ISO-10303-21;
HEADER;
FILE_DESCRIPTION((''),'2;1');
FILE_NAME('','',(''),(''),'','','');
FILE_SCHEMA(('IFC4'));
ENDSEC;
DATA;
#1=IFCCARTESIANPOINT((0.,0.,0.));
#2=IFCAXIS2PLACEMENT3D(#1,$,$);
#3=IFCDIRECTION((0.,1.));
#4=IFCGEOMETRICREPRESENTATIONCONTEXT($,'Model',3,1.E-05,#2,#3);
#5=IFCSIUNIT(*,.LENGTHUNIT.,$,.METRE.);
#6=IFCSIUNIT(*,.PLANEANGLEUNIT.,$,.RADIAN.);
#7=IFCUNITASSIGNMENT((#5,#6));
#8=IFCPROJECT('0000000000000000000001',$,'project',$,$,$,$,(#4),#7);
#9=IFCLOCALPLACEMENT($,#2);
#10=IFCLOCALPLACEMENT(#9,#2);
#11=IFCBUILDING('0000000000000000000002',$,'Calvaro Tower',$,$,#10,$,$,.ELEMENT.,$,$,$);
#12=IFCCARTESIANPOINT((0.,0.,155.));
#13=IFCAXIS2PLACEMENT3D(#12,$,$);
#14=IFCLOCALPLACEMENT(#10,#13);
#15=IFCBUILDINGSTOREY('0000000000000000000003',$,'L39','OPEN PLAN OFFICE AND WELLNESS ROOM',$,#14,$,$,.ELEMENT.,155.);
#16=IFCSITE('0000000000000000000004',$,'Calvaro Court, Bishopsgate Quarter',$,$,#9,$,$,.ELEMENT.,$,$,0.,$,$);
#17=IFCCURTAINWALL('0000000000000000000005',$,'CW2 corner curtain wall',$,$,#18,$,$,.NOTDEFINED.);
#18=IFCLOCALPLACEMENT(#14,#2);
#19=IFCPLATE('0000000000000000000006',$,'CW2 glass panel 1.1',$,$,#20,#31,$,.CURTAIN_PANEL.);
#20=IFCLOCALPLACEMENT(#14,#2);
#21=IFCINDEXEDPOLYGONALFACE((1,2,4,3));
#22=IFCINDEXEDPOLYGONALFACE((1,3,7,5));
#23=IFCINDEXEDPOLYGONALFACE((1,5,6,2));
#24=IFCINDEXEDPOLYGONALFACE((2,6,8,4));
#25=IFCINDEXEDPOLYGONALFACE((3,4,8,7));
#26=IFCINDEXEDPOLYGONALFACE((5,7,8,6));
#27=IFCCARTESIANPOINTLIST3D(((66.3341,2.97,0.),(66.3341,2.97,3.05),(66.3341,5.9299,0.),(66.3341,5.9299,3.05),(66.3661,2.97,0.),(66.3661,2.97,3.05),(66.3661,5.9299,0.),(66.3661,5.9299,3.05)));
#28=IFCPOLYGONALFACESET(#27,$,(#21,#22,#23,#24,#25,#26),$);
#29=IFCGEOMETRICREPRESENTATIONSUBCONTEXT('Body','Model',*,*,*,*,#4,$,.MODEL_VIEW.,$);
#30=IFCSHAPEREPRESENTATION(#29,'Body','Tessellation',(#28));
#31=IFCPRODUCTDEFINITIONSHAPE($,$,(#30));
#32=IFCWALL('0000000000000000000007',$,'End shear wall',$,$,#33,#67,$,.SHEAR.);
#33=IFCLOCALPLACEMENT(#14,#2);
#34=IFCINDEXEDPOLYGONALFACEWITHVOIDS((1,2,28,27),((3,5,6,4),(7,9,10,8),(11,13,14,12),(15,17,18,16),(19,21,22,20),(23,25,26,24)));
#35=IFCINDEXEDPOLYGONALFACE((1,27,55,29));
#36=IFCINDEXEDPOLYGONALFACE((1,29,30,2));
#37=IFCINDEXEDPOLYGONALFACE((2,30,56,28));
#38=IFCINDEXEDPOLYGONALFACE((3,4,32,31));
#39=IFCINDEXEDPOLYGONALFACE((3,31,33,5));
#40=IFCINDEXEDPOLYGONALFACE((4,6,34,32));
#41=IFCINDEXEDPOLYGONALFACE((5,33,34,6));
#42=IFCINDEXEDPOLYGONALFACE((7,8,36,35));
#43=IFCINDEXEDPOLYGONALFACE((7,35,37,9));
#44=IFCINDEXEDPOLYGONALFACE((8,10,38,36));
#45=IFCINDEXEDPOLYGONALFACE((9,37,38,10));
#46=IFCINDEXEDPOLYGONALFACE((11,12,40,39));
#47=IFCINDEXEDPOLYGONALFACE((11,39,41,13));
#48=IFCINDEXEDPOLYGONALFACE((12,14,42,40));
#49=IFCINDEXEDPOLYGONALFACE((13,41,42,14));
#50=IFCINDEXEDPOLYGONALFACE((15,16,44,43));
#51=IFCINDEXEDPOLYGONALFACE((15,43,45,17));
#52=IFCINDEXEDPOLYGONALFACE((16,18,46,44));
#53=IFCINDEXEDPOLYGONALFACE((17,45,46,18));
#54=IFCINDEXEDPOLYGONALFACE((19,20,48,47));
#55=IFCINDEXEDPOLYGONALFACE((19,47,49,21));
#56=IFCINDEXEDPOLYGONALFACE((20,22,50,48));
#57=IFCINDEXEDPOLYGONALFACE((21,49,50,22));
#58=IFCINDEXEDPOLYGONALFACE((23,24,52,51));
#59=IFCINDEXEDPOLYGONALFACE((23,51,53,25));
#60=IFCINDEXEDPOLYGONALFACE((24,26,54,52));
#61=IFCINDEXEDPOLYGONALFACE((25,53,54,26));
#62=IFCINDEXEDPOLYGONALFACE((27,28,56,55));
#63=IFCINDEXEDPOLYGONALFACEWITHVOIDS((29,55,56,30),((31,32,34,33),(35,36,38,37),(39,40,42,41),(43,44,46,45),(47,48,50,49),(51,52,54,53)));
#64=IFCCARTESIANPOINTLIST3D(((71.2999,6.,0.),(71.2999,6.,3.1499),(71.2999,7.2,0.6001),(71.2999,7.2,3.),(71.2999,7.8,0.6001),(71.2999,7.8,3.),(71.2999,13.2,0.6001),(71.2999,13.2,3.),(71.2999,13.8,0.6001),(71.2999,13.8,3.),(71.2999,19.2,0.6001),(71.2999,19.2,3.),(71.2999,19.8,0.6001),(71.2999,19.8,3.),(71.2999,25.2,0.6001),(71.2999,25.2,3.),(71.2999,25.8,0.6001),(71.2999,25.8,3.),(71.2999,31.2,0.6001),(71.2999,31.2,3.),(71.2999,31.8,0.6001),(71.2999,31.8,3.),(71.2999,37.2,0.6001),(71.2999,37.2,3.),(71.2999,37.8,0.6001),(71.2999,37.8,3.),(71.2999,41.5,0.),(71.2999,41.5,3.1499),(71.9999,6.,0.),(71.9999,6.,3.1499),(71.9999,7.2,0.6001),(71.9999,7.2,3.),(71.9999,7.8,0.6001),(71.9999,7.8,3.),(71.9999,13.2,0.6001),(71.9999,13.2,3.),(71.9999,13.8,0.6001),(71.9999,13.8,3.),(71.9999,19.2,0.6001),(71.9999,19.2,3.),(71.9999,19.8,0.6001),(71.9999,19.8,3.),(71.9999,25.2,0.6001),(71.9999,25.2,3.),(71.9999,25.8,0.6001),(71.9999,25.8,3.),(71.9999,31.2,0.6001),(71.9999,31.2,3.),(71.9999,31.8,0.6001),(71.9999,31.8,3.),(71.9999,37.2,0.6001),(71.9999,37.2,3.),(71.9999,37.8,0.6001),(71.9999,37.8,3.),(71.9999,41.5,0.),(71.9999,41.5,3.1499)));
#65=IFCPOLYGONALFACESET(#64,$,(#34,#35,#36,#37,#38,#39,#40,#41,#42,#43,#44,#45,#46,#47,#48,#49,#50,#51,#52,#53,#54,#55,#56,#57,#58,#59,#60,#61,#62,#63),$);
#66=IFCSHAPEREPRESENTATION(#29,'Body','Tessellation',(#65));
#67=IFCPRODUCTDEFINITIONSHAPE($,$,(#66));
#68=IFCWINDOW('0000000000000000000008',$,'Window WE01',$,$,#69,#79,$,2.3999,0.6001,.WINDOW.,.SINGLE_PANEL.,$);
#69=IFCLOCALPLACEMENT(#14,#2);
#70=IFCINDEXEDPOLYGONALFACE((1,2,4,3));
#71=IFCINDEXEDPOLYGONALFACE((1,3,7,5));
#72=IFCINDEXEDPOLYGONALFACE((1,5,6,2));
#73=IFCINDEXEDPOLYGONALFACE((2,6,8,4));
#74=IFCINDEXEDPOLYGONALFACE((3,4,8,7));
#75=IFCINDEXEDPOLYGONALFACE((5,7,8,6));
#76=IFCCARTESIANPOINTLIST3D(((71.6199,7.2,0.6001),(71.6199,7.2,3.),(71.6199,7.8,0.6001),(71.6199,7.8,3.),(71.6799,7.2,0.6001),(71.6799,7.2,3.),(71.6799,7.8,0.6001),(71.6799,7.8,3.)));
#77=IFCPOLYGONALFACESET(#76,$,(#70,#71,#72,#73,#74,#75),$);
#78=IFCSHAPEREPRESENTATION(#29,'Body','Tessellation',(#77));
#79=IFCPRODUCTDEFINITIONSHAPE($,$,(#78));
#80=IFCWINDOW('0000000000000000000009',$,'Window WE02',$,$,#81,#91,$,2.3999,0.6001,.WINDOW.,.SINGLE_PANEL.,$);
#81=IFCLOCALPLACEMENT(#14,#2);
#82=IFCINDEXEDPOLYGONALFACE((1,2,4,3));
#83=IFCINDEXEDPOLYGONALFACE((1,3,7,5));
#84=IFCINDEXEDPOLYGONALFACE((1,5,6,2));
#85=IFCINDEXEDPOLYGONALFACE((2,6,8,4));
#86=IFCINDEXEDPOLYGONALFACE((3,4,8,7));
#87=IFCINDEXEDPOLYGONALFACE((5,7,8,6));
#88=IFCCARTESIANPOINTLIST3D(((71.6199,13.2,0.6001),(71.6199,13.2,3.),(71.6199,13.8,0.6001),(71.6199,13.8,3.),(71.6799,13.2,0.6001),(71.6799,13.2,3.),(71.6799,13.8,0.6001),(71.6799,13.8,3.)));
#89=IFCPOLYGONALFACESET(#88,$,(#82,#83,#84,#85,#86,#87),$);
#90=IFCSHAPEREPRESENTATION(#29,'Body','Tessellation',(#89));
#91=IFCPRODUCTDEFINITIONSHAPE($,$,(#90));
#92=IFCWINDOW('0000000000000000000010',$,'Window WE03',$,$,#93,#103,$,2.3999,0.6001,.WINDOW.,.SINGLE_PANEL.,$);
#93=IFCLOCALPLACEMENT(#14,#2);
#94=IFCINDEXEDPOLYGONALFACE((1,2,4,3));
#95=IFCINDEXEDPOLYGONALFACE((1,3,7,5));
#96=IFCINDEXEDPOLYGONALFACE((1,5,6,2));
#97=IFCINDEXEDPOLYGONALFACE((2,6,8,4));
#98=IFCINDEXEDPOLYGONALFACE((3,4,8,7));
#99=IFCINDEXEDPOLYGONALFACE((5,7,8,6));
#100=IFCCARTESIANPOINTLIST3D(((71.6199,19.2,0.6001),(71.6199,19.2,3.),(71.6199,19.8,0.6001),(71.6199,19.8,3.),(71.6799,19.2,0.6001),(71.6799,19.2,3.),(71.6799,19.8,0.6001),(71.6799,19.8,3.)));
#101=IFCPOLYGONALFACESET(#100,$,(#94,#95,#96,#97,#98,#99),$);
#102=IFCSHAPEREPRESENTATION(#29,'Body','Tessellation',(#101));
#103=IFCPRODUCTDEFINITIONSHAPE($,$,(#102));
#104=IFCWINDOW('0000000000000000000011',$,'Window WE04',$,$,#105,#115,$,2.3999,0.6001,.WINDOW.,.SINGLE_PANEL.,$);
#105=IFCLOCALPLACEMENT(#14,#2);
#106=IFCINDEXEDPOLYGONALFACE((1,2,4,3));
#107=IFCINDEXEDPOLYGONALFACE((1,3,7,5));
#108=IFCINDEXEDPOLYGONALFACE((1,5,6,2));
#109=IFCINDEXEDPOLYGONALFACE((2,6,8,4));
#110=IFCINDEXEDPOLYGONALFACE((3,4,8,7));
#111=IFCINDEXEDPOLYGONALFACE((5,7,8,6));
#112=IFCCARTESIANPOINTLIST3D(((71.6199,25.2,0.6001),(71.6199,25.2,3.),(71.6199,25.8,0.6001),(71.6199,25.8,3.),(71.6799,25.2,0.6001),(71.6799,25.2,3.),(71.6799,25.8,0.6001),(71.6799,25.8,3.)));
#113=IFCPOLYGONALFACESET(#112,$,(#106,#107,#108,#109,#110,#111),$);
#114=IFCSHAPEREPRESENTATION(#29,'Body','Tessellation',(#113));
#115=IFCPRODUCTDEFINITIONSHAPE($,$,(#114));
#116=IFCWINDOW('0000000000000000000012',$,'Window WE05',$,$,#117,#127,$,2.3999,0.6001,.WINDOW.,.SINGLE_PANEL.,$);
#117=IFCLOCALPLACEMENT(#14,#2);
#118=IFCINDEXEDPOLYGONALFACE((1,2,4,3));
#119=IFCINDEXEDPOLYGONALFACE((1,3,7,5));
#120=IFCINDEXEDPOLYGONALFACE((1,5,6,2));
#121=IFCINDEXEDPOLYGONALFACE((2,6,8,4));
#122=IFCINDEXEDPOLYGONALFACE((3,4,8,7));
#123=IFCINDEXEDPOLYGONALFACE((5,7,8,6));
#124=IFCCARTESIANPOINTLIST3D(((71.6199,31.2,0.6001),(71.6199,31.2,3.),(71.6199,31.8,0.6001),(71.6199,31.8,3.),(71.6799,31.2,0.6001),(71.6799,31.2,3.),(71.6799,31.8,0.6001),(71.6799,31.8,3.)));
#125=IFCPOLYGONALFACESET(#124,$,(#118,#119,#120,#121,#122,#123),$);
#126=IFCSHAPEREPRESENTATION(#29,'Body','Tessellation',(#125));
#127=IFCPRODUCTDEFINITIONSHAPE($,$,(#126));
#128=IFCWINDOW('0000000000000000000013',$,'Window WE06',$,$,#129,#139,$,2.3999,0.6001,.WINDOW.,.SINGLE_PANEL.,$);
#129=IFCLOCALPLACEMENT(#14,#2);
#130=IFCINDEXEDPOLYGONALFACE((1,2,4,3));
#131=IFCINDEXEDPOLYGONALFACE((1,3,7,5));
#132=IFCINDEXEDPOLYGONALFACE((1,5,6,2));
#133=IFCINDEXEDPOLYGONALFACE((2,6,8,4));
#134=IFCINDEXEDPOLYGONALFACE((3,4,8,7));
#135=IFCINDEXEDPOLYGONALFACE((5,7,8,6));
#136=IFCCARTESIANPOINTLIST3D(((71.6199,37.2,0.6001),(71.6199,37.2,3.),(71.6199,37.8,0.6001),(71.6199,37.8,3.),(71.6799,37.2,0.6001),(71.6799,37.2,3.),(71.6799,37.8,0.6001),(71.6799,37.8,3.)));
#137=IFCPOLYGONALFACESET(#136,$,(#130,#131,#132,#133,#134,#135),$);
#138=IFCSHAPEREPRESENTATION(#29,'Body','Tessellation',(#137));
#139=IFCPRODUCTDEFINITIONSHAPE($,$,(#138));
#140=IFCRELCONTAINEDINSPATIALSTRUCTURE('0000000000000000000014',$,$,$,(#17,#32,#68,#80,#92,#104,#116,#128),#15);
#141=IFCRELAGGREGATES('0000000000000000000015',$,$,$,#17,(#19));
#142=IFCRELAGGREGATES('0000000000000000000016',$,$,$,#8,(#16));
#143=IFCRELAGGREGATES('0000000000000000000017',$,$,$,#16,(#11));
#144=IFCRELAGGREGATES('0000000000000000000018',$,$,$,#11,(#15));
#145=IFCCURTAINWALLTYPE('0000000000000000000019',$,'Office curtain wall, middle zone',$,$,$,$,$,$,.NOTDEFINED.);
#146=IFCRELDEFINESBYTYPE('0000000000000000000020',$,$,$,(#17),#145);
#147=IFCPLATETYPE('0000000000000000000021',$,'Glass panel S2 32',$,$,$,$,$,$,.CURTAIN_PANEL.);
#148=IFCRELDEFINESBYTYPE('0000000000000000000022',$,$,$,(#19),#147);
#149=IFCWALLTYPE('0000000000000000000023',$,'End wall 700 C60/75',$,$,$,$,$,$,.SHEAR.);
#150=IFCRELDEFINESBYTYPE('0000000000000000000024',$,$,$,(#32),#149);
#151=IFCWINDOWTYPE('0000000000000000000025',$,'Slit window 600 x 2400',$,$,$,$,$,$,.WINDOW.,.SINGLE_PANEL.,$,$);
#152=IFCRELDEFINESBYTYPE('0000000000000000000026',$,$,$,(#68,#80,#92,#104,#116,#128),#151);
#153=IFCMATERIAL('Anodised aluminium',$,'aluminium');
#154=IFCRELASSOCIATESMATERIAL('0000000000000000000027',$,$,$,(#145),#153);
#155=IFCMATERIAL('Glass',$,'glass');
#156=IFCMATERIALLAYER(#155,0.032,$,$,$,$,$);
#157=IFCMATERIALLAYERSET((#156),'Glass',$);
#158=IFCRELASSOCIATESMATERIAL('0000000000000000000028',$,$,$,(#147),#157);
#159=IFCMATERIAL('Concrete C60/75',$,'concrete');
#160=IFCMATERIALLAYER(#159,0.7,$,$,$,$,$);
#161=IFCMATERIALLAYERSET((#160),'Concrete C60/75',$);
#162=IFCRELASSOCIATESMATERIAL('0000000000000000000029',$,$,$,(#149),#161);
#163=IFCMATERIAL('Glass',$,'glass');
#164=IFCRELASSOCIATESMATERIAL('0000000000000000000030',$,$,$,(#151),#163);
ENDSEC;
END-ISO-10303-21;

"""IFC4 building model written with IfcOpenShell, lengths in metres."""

from ifc_helpers import new_model, si_unit, direction, frame, frame_2d, origin, origin_2d, place, context, subcontext, project, spatial, rectangle, extrude, material, layer, layer_set, type_object, element, fill, aggregate, save


model = new_model("IFC4")

# Units and contexts
model_context = context("Model", 3, precision=1e-05, world=origin(), true_north=direction((0.0, 1.0)))
body_context = subcontext(model_context, "Body", "Model", "MODEL_VIEW")
ifc_project = project(units=[si_unit("LENGTHUNIT", "METRE"), si_unit("PLANEANGLEUNIT", "RADIAN")], contexts=[model_context])

# Site, building, storey
site_placement = place(None, origin())
site = spatial("IfcSite", under=ifc_project, at=site_placement, Name="Calvaro Court, Bishopsgate Quarter", CompositionType="ELEMENT", RefElevation=0.0)
building_placement = place(site_placement, origin())
building = spatial("IfcBuilding", under=site, at=building_placement, Name="Calvaro Tower", CompositionType="ELEMENT")
storey_placement = place(building_placement, frame((0.0, 0.0, 155.0)))
storey = spatial("IfcBuildingStorey", under=building, at=storey_placement, Name="L39", Description="OPEN PLAN OFFICE AND WELLNESS ROOM", CompositionType="ELEMENT", Elevation=155.0)

# Curtain wall
ifc_material_1 = material(Name="Anodised aluminium", Category="aluminium")
curtain_wall_type = type_object("IfcCurtainWallType", Name="Office curtain wall, middle zone", PredefinedType="NOTDEFINED", material=ifc_material_1)
curtain_wall_1_placement = place(storey_placement, origin())
curtain_wall_1 = element("IfcCurtainWall", 1, at=curtain_wall_1_placement, inside=storey, type_object=curtain_wall_type, Name="CW2 corner curtain wall", PredefinedType="NOTDEFINED")

# Plate
ifc_material_2 = material(Name="Glass", Category="glass")
ifc_layer_1 = layer(ifc_material_2, 0.032)
ifc_layer_set_1 = layer_set([ifc_layer_1], Name="Glass")
plate_type = type_object("IfcPlateType", Name="Glass panel S2 32", PredefinedType="CURTAIN_PANEL", material=ifc_layer_set_1)
plate_1_placement = place(storey_placement, frame((66.3501, 4.45, 0.0), z_axis=(0.0, 0.0, 1.0), x_axis=(0.0, 1.0, 0.0)))
plate_1 = element("IfcPlate", 2, at=plate_1_placement, type_object=plate_type, Name="CW2 glass panel 1.1", PredefinedType="CURTAIN_PANEL", context=body_context, shape_type="SweptSolid", body=[
    extrude(rectangle(XDim=2.96, YDim=0.032, at=origin_2d()), origin(), (0.0, 0.0, 1.0), 3.05),
])
aggregate(curtain_wall_1, [plate_1])

# Wall, openings, windows
ifc_material_3 = material(Name="Concrete C60/75", Category="concrete")
ifc_layer_2 = layer(ifc_material_3, 0.7)
ifc_layer_set_2 = layer_set([ifc_layer_2], Name="Concrete C60/75")
wall_type_1 = type_object("IfcWallType", Name="End wall 700 C60/75", PredefinedType="SHEAR", material=ifc_layer_set_2)
wall_1_placement = place(storey_placement, frame((71.6499, 6.0, 0.0), z_axis=(0.0, 0.0, 1.0), x_axis=(0.0, 1.0, 0.0)))
wall_1 = element("IfcWall", 3, at=wall_1_placement, inside=storey, type_object=wall_type_1, Name="End shear wall", PredefinedType="SHEAR", context=body_context, shape_type="SweptSolid", body=[
    extrude(rectangle(XDim=35.5, YDim=0.7, at=frame_2d((17.75, 0.0))), origin(), (0.0, 0.0, 1.0), 3.1499),
])
opening_1_placement = place(wall_1_placement, frame((1.2, 0.0, 0.6001)))
opening_1 = element("IfcOpeningElement", 4, at=opening_1_placement, cuts=wall_1, PredefinedType="OPENING", context=body_context, shape_type="SweptSolid", body=[
    extrude(rectangle(XDim=0.6001, YDim=2.3999, at=frame_2d((0.3, 1.2))), frame((0.0, 0.3599, 0.0), z_axis=(0.0, -1.0, 0.0), x_axis=(1.0, 0.0, 0.0)), (0.0, 0.0, 1.0), 0.72),
])
opening_2_placement = place(wall_1_placement, frame((7.2, 0.0, 0.6001)))
opening_2 = element("IfcOpeningElement", 5, at=opening_2_placement, cuts=wall_1, PredefinedType="OPENING", context=body_context, shape_type="SweptSolid", body=[
    extrude(rectangle(XDim=0.6001, YDim=2.3999, at=frame_2d((0.3, 1.2))), frame((0.0, 0.3599, 0.0), z_axis=(0.0, -1.0, 0.0), x_axis=(1.0, 0.0, 0.0)), (0.0, 0.0, 1.0), 0.72),
])
opening_3_placement = place(wall_1_placement, frame((13.2, 0.0, 0.6001)))
opening_3 = element("IfcOpeningElement", 6, at=opening_3_placement, cuts=wall_1, PredefinedType="OPENING", context=body_context, shape_type="SweptSolid", body=[
    extrude(rectangle(XDim=0.6001, YDim=2.3999, at=frame_2d((0.3, 1.2))), frame((0.0, 0.3599, 0.0), z_axis=(0.0, -1.0, 0.0), x_axis=(1.0, 0.0, 0.0)), (0.0, 0.0, 1.0), 0.72),
])
opening_4_placement = place(wall_1_placement, frame((19.2, 0.0, 0.6001)))
opening_4 = element("IfcOpeningElement", 7, at=opening_4_placement, cuts=wall_1, PredefinedType="OPENING", context=body_context, shape_type="SweptSolid", body=[
    extrude(rectangle(XDim=0.6001, YDim=2.3999, at=frame_2d((0.3, 1.2))), frame((0.0, 0.3599, 0.0), z_axis=(0.0, -1.0, 0.0), x_axis=(1.0, 0.0, 0.0)), (0.0, 0.0, 1.0), 0.72),
])
opening_5_placement = place(wall_1_placement, frame((25.2, 0.0, 0.6001)))
opening_5 = element("IfcOpeningElement", 8, at=opening_5_placement, cuts=wall_1, PredefinedType="OPENING", context=body_context, shape_type="SweptSolid", body=[
    extrude(rectangle(XDim=0.6001, YDim=2.3999, at=frame_2d((0.3, 1.2))), frame((0.0, 0.3599, 0.0), z_axis=(0.0, -1.0, 0.0), x_axis=(1.0, 0.0, 0.0)), (0.0, 0.0, 1.0), 0.72),
])
opening_6_placement = place(wall_1_placement, frame((31.2, 0.0, 0.6001)))
opening_6 = element("IfcOpeningElement", 9, at=opening_6_placement, cuts=wall_1, PredefinedType="OPENING", context=body_context, shape_type="SweptSolid", body=[
    extrude(rectangle(XDim=0.6001, YDim=2.3999, at=frame_2d((0.3, 1.2))), frame((0.0, 0.3599, 0.0), z_axis=(0.0, -1.0, 0.0), x_axis=(1.0, 0.0, 0.0)), (0.0, 0.0, 1.0), 0.72),
])
ifc_material_4 = material(Name="Glass", Category="glass")
window_type = type_object("IfcWindowType", Name="Slit window 600 x 2400", PartitioningType="SINGLE_PANEL", PredefinedType="WINDOW", material=ifc_material_4)
window_1_placement = place(opening_1_placement, origin())
window_1 = element("IfcWindow", 10, at=window_1_placement, inside=storey, type_object=window_type, Name="Window WE01", OverallHeight=2.3999, OverallWidth=0.6001, PartitioningType="SINGLE_PANEL", PredefinedType="WINDOW", context=body_context, shape_type="SweptSolid", body=[
    extrude(rectangle(XDim=0.6001, YDim=2.3999, at=frame_2d((0.3, 1.2))), frame((0.0, 0.03, 0.0), z_axis=(0.0, -1.0, 0.0), x_axis=(1.0, 0.0, 0.0)), (0.0, 0.0, 1.0), 0.0601),
])
fill(opening_1, window_1)
window_2_placement = place(opening_2_placement, origin())
window_2 = element("IfcWindow", 11, at=window_2_placement, inside=storey, type_object=window_type, Name="Window WE02", OverallHeight=2.3999, OverallWidth=0.6001, PartitioningType="SINGLE_PANEL", PredefinedType="WINDOW", context=body_context, shape_type="SweptSolid", body=[
    extrude(rectangle(XDim=0.6001, YDim=2.3999, at=frame_2d((0.3, 1.2))), frame((0.0, 0.03, 0.0), z_axis=(0.0, -1.0, 0.0), x_axis=(1.0, 0.0, 0.0)), (0.0, 0.0, 1.0), 0.0601),
])
fill(opening_2, window_2)
window_3_placement = place(opening_3_placement, origin())
window_3 = element("IfcWindow", 12, at=window_3_placement, inside=storey, type_object=window_type, Name="Window WE03", OverallHeight=2.3999, OverallWidth=0.6001, PartitioningType="SINGLE_PANEL", PredefinedType="WINDOW", context=body_context, shape_type="SweptSolid", body=[
    extrude(rectangle(XDim=0.6001, YDim=2.3999, at=frame_2d((0.3, 1.2))), frame((0.0, 0.03, 0.0), z_axis=(0.0, -1.0, 0.0), x_axis=(1.0, 0.0, 0.0)), (0.0, 0.0, 1.0), 0.0601),
])
fill(opening_3, window_3)
window_4_placement = place(opening_4_placement, origin())
window_4 = element("IfcWindow", 13, at=window_4_placement, inside=storey, type_object=window_type, Name="Window WE04", OverallHeight=2.3999, OverallWidth=0.6001, PartitioningType="SINGLE_PANEL", PredefinedType="WINDOW", context=body_context, shape_type="SweptSolid", body=[
    extrude(rectangle(XDim=0.6001, YDim=2.3999, at=frame_2d((0.3, 1.2))), frame((0.0, 0.03, 0.0), z_axis=(0.0, -1.0, 0.0), x_axis=(1.0, 0.0, 0.0)), (0.0, 0.0, 1.0), 0.0601),
])
fill(opening_4, window_4)
window_5_placement = place(opening_5_placement, origin())
window_5 = element("IfcWindow", 14, at=window_5_placement, inside=storey, type_object=window_type, Name="Window WE05", OverallHeight=2.3999, OverallWidth=0.6001, PartitioningType="SINGLE_PANEL", PredefinedType="WINDOW", context=body_context, shape_type="SweptSolid", body=[
    extrude(rectangle(XDim=0.6001, YDim=2.3999, at=frame_2d((0.3, 1.2))), frame((0.0, 0.03, 0.0), z_axis=(0.0, -1.0, 0.0), x_axis=(1.0, 0.0, 0.0)), (0.0, 0.0, 1.0), 0.0601),
])
fill(opening_5, window_5)
window_6_placement = place(opening_6_placement, origin())
window_6 = element("IfcWindow", 15, at=window_6_placement, inside=storey, type_object=window_type, Name="Window WE06", OverallHeight=2.3999, OverallWidth=0.6001, PartitioningType="SINGLE_PANEL", PredefinedType="WINDOW", context=body_context, shape_type="SweptSolid", body=[
    extrude(rectangle(XDim=0.6001, YDim=2.3999, at=frame_2d((0.3, 1.2))), frame((0.0, 0.03, 0.0), z_axis=(0.0, -1.0, 0.0), x_axis=(1.0, 0.0, 0.0)), (0.0, 0.0, 1.0), 0.0601),
])
fill(opening_6, window_6)

save(model, "model.ifc")
